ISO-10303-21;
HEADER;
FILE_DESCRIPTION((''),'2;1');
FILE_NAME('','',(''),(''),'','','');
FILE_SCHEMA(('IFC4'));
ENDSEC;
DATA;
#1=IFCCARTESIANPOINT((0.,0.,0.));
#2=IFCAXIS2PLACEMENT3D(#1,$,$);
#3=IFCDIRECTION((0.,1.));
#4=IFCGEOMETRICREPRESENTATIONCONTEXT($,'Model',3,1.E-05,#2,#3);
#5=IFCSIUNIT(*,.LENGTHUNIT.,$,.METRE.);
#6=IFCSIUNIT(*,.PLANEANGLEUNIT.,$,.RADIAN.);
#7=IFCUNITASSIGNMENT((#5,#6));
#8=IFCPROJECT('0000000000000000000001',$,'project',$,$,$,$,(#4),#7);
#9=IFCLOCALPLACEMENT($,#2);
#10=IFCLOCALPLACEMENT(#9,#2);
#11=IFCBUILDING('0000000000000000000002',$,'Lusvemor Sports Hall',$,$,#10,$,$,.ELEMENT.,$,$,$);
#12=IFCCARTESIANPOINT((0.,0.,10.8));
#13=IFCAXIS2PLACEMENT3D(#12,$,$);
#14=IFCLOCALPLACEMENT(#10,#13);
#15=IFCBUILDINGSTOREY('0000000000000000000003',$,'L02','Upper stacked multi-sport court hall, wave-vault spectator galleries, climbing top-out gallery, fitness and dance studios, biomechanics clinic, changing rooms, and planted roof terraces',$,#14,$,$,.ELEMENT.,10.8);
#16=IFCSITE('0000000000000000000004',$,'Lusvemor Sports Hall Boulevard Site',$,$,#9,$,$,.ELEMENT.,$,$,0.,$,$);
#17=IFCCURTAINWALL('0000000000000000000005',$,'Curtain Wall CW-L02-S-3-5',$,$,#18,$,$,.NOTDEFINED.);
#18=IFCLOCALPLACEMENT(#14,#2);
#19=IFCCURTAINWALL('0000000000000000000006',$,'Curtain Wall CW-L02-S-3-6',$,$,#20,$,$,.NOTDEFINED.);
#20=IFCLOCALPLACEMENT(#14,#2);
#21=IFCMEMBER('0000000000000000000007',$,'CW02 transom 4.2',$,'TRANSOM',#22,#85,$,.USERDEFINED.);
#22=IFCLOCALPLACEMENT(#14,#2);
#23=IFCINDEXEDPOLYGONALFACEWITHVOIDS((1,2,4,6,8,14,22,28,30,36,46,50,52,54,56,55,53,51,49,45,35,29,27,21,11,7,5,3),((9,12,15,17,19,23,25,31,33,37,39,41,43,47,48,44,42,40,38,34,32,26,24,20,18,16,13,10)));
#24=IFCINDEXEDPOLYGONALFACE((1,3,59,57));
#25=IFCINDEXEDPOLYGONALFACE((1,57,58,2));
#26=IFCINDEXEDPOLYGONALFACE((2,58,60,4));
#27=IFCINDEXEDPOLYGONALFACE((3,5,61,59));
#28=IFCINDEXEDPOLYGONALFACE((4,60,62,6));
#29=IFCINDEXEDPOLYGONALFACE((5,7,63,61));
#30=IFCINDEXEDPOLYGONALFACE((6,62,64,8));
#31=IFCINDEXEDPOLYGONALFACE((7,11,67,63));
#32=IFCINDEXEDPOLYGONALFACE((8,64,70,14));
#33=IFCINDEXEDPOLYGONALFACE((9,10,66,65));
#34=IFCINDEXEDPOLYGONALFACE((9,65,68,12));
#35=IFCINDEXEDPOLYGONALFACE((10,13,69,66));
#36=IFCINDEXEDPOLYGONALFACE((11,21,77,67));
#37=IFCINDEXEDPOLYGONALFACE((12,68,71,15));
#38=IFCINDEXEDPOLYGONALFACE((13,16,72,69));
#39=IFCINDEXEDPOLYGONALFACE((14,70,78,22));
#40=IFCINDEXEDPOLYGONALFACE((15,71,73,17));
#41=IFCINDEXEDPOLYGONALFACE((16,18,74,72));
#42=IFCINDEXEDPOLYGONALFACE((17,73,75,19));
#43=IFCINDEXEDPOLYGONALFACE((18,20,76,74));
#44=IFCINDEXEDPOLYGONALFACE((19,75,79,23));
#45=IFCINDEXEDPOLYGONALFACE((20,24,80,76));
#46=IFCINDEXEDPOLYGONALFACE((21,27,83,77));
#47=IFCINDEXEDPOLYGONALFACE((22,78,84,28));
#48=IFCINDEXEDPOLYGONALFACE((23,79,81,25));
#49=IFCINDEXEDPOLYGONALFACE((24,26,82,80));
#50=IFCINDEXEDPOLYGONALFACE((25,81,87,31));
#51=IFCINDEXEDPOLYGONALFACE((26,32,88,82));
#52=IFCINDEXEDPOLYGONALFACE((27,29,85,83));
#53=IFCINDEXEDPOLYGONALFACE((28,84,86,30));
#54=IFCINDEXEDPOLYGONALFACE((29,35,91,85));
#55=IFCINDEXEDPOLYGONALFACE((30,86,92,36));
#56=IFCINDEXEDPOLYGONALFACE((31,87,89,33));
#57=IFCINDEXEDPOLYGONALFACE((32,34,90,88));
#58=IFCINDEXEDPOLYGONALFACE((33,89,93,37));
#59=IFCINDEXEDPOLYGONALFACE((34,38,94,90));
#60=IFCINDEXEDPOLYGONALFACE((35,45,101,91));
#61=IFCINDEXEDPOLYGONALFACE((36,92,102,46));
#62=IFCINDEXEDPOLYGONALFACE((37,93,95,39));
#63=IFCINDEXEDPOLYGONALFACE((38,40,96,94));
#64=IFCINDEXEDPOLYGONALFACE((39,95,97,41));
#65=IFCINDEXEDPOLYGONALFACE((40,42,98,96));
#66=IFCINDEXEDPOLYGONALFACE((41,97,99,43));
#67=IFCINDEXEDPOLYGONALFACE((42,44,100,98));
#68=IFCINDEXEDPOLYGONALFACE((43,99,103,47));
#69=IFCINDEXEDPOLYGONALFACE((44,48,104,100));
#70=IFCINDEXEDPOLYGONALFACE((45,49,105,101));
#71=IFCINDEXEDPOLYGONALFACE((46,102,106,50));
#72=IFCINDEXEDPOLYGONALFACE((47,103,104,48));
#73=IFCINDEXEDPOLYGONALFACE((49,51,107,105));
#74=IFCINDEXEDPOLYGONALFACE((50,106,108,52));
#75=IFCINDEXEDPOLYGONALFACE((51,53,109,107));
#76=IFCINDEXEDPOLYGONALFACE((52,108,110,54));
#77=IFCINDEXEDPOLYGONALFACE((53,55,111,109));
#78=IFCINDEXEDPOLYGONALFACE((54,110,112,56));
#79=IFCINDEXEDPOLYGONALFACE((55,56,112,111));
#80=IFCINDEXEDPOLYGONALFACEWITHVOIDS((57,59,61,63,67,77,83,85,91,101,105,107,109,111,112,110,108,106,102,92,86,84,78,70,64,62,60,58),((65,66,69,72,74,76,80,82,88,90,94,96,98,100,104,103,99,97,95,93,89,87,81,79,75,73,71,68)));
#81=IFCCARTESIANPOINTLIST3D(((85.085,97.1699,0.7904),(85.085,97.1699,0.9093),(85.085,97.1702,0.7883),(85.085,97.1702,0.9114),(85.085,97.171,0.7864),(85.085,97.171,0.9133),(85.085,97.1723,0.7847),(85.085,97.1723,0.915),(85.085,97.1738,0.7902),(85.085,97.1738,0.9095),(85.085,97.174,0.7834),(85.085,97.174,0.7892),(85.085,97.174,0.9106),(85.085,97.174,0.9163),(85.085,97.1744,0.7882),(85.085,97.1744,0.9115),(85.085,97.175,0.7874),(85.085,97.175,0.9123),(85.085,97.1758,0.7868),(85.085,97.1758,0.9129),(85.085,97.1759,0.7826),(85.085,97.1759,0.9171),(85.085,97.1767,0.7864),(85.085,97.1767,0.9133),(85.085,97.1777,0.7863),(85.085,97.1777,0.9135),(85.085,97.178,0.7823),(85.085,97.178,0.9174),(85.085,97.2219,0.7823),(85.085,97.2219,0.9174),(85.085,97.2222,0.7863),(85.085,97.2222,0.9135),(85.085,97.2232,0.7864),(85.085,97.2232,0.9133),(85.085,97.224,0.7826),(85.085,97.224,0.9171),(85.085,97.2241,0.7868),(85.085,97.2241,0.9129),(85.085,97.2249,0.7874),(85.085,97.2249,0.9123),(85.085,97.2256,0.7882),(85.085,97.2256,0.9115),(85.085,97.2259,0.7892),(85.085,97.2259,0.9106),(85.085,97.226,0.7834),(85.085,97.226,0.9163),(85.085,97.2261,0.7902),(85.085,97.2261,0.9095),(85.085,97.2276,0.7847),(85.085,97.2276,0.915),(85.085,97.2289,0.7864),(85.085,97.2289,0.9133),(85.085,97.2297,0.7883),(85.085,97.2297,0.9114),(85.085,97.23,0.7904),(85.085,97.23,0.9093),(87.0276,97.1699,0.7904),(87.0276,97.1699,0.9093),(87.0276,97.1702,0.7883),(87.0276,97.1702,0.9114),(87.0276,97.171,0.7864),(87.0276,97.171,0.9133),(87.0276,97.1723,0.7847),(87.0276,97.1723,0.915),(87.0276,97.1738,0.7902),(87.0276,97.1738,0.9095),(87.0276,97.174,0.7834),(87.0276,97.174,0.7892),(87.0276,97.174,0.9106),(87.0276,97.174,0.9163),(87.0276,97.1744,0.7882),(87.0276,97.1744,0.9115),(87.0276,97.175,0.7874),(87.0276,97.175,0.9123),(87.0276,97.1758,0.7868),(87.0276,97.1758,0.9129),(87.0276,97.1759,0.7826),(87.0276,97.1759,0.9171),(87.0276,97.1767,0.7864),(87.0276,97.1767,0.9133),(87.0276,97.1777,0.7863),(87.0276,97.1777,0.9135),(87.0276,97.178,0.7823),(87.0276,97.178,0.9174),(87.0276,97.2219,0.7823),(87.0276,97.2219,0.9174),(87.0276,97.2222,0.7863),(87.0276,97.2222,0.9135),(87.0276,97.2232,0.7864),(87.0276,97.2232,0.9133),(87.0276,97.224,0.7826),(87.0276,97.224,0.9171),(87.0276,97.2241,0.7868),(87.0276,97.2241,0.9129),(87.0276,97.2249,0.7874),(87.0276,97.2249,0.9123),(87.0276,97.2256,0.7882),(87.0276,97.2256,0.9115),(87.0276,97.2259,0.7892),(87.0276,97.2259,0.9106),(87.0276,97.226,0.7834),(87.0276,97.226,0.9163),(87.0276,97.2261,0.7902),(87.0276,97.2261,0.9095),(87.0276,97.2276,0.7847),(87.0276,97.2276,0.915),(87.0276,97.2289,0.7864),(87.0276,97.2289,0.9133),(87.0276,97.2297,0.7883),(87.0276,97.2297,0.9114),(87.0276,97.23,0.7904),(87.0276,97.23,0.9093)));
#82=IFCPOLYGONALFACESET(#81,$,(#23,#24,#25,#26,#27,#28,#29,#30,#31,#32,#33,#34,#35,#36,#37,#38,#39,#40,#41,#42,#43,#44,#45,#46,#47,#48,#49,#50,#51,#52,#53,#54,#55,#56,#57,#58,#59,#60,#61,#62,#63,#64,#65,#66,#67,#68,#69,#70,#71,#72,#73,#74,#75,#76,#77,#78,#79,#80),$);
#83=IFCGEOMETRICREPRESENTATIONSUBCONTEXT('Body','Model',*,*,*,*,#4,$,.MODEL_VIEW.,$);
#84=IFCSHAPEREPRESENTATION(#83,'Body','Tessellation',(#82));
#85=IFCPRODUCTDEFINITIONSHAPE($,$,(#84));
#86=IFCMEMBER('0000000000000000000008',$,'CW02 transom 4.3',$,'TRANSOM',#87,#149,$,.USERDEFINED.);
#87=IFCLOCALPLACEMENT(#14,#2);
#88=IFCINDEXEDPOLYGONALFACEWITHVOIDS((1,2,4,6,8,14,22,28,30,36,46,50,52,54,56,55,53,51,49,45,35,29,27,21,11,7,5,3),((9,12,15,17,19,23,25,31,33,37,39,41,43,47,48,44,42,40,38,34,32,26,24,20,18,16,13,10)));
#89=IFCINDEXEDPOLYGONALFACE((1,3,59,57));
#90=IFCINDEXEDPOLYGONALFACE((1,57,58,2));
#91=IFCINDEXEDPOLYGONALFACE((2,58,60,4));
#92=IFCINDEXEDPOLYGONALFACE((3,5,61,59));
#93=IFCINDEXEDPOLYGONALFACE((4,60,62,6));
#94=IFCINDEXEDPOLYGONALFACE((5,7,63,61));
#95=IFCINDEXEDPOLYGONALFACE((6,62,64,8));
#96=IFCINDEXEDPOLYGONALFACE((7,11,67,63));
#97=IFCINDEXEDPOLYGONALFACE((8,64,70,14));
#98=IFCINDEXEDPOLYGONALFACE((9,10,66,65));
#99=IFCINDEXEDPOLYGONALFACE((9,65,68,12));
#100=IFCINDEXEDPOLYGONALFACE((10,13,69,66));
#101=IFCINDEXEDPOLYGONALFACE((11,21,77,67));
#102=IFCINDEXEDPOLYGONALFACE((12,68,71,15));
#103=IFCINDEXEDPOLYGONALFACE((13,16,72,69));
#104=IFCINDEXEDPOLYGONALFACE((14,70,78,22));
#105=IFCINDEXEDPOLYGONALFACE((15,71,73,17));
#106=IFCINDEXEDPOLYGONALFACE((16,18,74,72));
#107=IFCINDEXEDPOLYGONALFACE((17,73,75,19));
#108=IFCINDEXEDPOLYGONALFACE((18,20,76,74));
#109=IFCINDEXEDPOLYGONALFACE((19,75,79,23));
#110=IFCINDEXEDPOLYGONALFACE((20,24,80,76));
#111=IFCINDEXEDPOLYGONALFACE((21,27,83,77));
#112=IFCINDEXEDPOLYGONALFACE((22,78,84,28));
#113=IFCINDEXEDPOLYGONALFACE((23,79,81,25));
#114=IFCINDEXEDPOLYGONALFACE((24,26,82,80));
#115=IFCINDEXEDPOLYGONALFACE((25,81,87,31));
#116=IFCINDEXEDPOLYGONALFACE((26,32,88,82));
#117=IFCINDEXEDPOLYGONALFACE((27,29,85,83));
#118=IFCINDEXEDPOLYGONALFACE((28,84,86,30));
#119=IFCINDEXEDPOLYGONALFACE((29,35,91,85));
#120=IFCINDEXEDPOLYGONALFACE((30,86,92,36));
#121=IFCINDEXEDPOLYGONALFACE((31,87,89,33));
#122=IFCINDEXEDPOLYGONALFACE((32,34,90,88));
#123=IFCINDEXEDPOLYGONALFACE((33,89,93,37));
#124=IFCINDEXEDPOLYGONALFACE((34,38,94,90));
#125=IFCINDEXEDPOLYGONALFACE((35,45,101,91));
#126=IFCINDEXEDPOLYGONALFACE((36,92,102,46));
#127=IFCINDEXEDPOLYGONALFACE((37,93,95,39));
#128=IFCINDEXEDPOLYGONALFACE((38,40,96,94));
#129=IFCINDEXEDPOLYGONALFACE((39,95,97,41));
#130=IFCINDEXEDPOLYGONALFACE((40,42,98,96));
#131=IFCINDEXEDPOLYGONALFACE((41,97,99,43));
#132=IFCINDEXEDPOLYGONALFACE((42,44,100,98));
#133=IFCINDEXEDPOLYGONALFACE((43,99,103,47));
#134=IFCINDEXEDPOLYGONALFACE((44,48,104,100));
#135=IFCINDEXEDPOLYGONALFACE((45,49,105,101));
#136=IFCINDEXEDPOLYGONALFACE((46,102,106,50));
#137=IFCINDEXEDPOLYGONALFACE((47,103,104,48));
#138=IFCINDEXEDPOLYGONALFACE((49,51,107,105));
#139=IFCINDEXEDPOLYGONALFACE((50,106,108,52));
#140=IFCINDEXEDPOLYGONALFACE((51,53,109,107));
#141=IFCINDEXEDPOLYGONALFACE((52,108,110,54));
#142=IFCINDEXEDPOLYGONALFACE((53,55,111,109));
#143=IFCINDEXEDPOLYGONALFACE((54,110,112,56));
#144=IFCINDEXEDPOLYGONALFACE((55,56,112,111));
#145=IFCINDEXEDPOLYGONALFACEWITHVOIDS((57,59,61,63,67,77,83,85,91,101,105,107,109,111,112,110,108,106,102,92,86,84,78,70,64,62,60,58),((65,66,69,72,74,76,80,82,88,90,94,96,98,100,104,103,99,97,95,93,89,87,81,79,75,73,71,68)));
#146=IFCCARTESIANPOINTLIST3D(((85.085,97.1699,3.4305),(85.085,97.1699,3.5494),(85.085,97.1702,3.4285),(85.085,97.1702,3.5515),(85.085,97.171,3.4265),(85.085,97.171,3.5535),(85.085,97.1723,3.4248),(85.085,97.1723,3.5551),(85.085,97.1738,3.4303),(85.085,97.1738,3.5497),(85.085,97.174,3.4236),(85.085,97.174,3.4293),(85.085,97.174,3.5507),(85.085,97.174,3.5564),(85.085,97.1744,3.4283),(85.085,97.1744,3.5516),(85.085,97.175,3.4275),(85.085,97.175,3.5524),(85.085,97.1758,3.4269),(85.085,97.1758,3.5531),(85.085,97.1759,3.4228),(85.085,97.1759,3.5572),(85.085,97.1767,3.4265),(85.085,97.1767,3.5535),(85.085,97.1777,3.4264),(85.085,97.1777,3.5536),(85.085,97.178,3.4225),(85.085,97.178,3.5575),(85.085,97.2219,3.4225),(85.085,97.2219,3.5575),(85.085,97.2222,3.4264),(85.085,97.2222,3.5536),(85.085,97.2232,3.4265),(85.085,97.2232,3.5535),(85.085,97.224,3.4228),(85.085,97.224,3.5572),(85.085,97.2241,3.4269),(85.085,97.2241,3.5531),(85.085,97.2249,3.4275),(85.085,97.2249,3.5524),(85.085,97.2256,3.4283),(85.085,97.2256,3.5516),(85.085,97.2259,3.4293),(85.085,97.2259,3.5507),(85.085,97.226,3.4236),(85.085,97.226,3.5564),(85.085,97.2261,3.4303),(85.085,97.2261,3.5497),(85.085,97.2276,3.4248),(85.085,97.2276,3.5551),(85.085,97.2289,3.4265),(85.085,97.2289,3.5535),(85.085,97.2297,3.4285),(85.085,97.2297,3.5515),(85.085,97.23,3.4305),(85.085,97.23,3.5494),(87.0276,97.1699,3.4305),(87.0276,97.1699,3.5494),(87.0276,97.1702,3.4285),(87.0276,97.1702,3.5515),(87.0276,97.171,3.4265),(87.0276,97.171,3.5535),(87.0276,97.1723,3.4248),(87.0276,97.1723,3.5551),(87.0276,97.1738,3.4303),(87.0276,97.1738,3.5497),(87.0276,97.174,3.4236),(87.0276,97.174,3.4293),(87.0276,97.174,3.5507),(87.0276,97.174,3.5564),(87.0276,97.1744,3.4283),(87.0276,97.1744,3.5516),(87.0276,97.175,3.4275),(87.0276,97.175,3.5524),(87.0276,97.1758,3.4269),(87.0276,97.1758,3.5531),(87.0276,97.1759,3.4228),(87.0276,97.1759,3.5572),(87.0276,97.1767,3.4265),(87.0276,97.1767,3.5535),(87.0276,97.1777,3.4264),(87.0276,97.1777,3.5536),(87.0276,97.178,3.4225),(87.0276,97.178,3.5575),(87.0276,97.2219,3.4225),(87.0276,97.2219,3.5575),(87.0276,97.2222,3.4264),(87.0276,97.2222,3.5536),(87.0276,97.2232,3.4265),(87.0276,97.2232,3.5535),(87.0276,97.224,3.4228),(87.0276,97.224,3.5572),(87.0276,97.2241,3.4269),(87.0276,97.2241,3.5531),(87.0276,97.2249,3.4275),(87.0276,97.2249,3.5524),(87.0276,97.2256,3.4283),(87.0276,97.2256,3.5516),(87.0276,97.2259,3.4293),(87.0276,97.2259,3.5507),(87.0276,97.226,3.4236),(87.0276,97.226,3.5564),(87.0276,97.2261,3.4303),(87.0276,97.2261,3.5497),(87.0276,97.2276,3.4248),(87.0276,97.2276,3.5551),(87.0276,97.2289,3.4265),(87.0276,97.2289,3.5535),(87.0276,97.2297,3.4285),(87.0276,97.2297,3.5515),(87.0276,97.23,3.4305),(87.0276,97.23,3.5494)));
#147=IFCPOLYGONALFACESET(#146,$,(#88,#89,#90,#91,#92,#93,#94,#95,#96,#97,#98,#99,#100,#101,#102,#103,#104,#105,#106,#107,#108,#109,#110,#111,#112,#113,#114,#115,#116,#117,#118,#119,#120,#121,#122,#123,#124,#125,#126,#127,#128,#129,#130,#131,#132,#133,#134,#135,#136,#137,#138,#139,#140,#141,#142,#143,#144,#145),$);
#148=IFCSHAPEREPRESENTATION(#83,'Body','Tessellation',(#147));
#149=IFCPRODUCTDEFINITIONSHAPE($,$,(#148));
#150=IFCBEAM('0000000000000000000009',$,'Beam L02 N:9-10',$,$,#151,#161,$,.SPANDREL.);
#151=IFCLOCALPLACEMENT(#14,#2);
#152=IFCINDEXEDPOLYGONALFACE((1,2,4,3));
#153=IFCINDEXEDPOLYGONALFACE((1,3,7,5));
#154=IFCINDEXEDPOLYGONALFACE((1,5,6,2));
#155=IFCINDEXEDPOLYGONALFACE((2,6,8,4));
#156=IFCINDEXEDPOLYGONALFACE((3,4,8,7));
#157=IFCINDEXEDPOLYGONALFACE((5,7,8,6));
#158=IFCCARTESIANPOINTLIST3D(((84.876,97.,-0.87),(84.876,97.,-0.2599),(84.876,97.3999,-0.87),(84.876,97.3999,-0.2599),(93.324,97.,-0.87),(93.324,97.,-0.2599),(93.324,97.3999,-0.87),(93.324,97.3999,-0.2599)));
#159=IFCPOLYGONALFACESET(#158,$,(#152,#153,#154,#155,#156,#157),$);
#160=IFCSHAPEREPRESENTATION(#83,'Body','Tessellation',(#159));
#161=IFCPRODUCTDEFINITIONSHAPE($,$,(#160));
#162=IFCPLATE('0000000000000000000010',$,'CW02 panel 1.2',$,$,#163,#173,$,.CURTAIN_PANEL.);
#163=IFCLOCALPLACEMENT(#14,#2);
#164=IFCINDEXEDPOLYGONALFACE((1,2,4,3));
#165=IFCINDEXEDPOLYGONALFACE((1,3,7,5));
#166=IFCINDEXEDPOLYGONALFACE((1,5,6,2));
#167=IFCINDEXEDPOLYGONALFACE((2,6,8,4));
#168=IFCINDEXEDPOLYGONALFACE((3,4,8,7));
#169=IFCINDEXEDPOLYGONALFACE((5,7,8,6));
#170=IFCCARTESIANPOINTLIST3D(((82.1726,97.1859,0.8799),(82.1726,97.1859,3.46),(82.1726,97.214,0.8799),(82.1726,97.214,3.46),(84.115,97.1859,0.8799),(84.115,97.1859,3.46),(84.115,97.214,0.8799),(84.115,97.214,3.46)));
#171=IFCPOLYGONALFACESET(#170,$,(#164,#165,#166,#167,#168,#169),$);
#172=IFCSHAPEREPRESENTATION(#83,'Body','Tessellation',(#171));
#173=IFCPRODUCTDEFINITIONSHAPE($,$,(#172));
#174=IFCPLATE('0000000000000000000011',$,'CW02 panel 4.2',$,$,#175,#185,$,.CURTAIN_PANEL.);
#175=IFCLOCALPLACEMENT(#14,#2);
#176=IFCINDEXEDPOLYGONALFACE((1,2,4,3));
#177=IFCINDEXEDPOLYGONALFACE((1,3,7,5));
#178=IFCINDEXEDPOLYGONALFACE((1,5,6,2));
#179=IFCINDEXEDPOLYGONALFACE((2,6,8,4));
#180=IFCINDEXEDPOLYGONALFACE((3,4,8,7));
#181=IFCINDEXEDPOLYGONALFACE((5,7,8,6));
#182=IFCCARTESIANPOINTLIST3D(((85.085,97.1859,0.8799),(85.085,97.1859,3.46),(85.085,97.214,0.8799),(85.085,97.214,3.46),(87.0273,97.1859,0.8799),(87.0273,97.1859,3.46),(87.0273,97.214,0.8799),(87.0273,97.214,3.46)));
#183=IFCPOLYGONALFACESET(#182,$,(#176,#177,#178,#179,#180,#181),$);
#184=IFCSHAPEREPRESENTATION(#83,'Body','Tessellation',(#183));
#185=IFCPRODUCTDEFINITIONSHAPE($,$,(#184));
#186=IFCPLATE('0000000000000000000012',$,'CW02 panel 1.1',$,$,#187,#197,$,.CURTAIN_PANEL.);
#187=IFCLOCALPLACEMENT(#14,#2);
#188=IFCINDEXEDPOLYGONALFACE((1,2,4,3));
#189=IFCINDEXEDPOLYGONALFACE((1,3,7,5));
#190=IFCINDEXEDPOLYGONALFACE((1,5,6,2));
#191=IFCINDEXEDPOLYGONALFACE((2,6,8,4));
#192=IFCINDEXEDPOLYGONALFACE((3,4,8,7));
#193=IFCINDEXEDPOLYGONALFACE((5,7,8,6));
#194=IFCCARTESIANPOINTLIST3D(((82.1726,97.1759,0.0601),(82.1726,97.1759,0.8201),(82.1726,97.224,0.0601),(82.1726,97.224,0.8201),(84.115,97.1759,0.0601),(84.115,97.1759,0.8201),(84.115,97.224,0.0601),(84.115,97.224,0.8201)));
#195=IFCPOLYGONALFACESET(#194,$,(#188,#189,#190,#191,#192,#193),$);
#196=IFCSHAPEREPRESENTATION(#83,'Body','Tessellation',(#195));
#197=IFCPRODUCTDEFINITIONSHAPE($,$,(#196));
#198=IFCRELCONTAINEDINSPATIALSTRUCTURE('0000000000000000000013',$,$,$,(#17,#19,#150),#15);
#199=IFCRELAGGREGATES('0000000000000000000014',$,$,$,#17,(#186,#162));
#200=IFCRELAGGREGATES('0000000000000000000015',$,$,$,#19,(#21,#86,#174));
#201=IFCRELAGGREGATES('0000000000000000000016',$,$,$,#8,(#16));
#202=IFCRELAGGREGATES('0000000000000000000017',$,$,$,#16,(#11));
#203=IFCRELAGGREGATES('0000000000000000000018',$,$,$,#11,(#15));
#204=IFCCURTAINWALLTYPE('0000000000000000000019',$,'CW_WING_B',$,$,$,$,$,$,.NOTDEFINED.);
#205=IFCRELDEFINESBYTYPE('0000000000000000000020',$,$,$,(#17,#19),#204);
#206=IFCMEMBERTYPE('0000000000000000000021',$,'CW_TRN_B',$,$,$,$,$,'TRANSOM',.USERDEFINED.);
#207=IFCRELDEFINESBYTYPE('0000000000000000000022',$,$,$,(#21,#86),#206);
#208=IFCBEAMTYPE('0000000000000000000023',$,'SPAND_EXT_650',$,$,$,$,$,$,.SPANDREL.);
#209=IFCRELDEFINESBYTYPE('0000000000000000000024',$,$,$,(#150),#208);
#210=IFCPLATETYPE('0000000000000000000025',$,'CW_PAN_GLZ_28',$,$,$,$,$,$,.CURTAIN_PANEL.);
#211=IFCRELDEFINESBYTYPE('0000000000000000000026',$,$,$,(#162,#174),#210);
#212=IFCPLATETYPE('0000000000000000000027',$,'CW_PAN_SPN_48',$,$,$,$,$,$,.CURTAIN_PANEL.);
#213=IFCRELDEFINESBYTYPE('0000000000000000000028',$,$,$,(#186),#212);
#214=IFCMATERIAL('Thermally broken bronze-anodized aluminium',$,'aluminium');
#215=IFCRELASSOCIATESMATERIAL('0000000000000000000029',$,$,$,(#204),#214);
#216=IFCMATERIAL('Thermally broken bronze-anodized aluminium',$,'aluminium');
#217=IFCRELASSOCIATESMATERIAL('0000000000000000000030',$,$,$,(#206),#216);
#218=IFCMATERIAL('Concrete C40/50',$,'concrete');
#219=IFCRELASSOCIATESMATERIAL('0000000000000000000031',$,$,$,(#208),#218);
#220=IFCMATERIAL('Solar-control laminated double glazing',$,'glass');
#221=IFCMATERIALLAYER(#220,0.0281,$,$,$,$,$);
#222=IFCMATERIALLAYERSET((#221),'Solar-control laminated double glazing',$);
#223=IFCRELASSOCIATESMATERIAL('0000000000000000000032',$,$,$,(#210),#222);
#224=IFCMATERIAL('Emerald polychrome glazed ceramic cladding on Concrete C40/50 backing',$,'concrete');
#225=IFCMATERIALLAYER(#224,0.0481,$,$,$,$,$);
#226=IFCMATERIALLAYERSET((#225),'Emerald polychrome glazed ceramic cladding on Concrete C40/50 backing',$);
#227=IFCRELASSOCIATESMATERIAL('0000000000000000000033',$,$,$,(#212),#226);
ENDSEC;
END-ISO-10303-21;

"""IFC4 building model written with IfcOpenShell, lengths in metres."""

from ifc_helpers import new_model, si_unit, direction, frame, origin, origin_2d, place, context, subcontext, project, spatial, rectangle, hollow_rectangle, extrude, material, layer, layer_set, material_profile, profile_set, type_object, element, aggregate, save


model = new_model("IFC4")

# Units and contexts
model_context = context("Model", 3, precision=1e-05, world=origin(), true_north=direction((0.0, 1.0)))
body_context = subcontext(model_context, "Body", "Model", "MODEL_VIEW")
ifc_project = project(units=[si_unit("LENGTHUNIT", "METRE"), si_unit("PLANEANGLEUNIT", "RADIAN")], contexts=[model_context])

# Site, building, storey
site_placement = place(None, origin())
site = spatial("IfcSite", under=ifc_project, at=site_placement, Name="Lusvemor Sports Hall Boulevard Site", CompositionType="ELEMENT", RefElevation=0.0)
building_placement = place(site_placement, origin())
building = spatial("IfcBuilding", under=site, at=building_placement, Name="Lusvemor Sports Hall", CompositionType="ELEMENT")
storey_placement = place(building_placement, frame((0.0, 0.0, 10.8)))
storey = spatial("IfcBuildingStorey", under=building, at=storey_placement, Name="L02", Description="Upper stacked multi-sport court hall, wave-vault spectator galleries, climbing top-out gallery, fitness and dance studios, biomechanics clinic, changing rooms, and planted roof terraces", CompositionType="ELEMENT", Elevation=10.8)

# Curtain walls
ifc_material_1 = material(Name="Thermally broken bronze-anodized aluminium", Category="aluminium")
curtain_wall_type = type_object("IfcCurtainWallType", Name="CW_WING_B", PredefinedType="NOTDEFINED", material=ifc_material_1)
curtain_wall_1_placement = place(storey_placement, origin())
curtain_wall_1 = element("IfcCurtainWall", 1, at=curtain_wall_1_placement, inside=storey, type_object=curtain_wall_type, Name="Curtain Wall CW-L02-S-3-5", PredefinedType="NOTDEFINED")
curtain_wall_2_placement = place(storey_placement, origin())
curtain_wall_2 = element("IfcCurtainWall", 2, at=curtain_wall_2_placement, inside=storey, type_object=curtain_wall_type, Name="Curtain Wall CW-L02-S-3-6", PredefinedType="NOTDEFINED")

# Members
ifc_material_2 = material(Name="Thermally broken bronze-anodized aluminium", Category="aluminium")
ifc_material_profile_1 = material_profile(ifc_material_2, hollow_rectangle(XDim=0.0601, YDim=0.135, WallThickness=0.0039, InnerFilletRadius=0.0039, OuterFilletRadius=0.0081, at=origin_2d()), Name="CWTRN135x60x4")
ifc_profile_set_1 = profile_set([ifc_material_profile_1], Name="Thermally broken bronze-anodized aluminium")
member_type_1 = type_object("IfcMemberType", Name="CW_TRN_B", ElementType="TRANSOM", PredefinedType="USERDEFINED", material=ifc_profile_set_1)
member_1_placement = place(storey_placement, frame((87.0276, 97.2, 0.8499), z_axis=(-1.0, 0.0, 0.0), x_axis=(0.0, -1.0, 0.0)))
member_1 = element("IfcMember", 3, at=member_1_placement, type_object=member_type_1, Name="CW02 transom 4.2", ObjectType="TRANSOM", PredefinedType="USERDEFINED", context=body_context, shape_type="SweptSolid", body=[
    extrude(hollow_rectangle(XDim=0.0601, YDim=0.135, WallThickness=0.0039, InnerFilletRadius=0.0039, OuterFilletRadius=0.0081, at=origin_2d()), origin(), (0.0, 0.0, 1.0), 1.9426),
])
member_2_placement = place(storey_placement, frame((87.0276, 97.2, 3.49), z_axis=(-1.0, 0.0, 0.0), x_axis=(0.0, -1.0, 0.0)))
member_2 = element("IfcMember", 4, at=member_2_placement, type_object=member_type_1, Name="CW02 transom 4.3", ObjectType="TRANSOM", PredefinedType="USERDEFINED", context=body_context, shape_type="SweptSolid", body=[
    extrude(hollow_rectangle(XDim=0.0601, YDim=0.135, WallThickness=0.0039, InnerFilletRadius=0.0039, OuterFilletRadius=0.0081, at=origin_2d()), origin(), (0.0, 0.0, 1.0), 1.9426),
])

# Beam
ifc_material_3 = material(Name="Concrete C40/50", Category="concrete")
ifc_material_profile_2 = material_profile(ifc_material_3, rectangle(XDim=0.3999, YDim=0.6101, at=origin_2d()), Name="RC400x610")
ifc_profile_set_2 = profile_set([ifc_material_profile_2], Name="Concrete C40/50")
beam_type_1 = type_object("IfcBeamType", Name="SPAND_EXT_650", PredefinedType="SPANDREL", material=ifc_profile_set_2)
beam_1_placement = place(storey_placement, frame((84.876, 97.2, -0.5649), z_axis=(1.0, 0.0, 0.0), x_axis=(0.0, 1.0, 0.0)))
element("IfcBeam", 5, at=beam_1_placement, inside=storey, type_object=beam_type_1, Name="Beam L02 N:9-10", PredefinedType="SPANDREL", context=body_context, shape_type="SweptSolid", body=[
    extrude(rectangle(XDim=0.3999, YDim=0.6101, at=origin_2d()), origin(), (0.0, 0.0, 1.0), 8.448),
])

# Plates
ifc_material_4 = material(Name="Solar-control laminated double glazing", Category="glass")
ifc_layer_1 = layer(ifc_material_4, 0.0281)
ifc_layer_set_1 = layer_set([ifc_layer_1], Name="Solar-control laminated double glazing")
plate_type_1 = type_object("IfcPlateType", Name="CW_PAN_GLZ_28", PredefinedType="CURTAIN_PANEL", material=ifc_layer_set_1)
plate_1_placement = place(storey_placement, frame((83.1438, 97.2, 0.8799), z_axis=(0.0, 0.0, 1.0), x_axis=(-1.0, 0.0, 0.0)))
plate_1 = element("IfcPlate", 6, at=plate_1_placement, type_object=plate_type_1, Name="CW02 panel 1.2", PredefinedType="CURTAIN_PANEL", context=body_context, shape_type="SweptSolid", body=[
    extrude(rectangle(XDim=1.9424, YDim=0.0281, at=origin_2d()), origin(), (0.0, 0.0, 1.0), 2.5801),
])
plate_2_placement = place(storey_placement, frame((86.0562, 97.2, 0.8799), z_axis=(0.0, 0.0, 1.0), x_axis=(-1.0, 0.0, 0.0)))
plate_2 = element("IfcPlate", 7, at=plate_2_placement, type_object=plate_type_1, Name="CW02 panel 4.2", PredefinedType="CURTAIN_PANEL", context=body_context, shape_type="SweptSolid", body=[
    extrude(rectangle(XDim=1.9424, YDim=0.0281, at=origin_2d()), origin(), (0.0, 0.0, 1.0), 2.5801),
])
ifc_material_5 = material(Name="Emerald polychrome glazed ceramic cladding on Concrete C40/50 backing", Category="concrete")
ifc_layer_2 = layer(ifc_material_5, 0.0481)
ifc_layer_set_2 = layer_set([ifc_layer_2], Name="Emerald polychrome glazed ceramic cladding on Concrete C40/50 backing")
plate_type_2 = type_object("IfcPlateType", Name="CW_PAN_SPN_48", PredefinedType="CURTAIN_PANEL", material=ifc_layer_set_2)
plate_3_placement = place(storey_placement, frame((83.1438, 97.2, 0.0601), z_axis=(0.0, 0.0, 1.0), x_axis=(-1.0, 0.0, 0.0)))
plate_3 = element("IfcPlate", 8, at=plate_3_placement, type_object=plate_type_2, Name="CW02 panel 1.1", PredefinedType="CURTAIN_PANEL", context=body_context, shape_type="SweptSolid", body=[
    extrude(rectangle(XDim=1.9424, YDim=0.0481, at=origin_2d()), origin(), (0.0, 0.0, 1.0), 0.76),
])
aggregate(curtain_wall_1, [plate_3, plate_1])
aggregate(curtain_wall_2, [member_1, member_2, plate_2])

save(model, "model.ifc")
